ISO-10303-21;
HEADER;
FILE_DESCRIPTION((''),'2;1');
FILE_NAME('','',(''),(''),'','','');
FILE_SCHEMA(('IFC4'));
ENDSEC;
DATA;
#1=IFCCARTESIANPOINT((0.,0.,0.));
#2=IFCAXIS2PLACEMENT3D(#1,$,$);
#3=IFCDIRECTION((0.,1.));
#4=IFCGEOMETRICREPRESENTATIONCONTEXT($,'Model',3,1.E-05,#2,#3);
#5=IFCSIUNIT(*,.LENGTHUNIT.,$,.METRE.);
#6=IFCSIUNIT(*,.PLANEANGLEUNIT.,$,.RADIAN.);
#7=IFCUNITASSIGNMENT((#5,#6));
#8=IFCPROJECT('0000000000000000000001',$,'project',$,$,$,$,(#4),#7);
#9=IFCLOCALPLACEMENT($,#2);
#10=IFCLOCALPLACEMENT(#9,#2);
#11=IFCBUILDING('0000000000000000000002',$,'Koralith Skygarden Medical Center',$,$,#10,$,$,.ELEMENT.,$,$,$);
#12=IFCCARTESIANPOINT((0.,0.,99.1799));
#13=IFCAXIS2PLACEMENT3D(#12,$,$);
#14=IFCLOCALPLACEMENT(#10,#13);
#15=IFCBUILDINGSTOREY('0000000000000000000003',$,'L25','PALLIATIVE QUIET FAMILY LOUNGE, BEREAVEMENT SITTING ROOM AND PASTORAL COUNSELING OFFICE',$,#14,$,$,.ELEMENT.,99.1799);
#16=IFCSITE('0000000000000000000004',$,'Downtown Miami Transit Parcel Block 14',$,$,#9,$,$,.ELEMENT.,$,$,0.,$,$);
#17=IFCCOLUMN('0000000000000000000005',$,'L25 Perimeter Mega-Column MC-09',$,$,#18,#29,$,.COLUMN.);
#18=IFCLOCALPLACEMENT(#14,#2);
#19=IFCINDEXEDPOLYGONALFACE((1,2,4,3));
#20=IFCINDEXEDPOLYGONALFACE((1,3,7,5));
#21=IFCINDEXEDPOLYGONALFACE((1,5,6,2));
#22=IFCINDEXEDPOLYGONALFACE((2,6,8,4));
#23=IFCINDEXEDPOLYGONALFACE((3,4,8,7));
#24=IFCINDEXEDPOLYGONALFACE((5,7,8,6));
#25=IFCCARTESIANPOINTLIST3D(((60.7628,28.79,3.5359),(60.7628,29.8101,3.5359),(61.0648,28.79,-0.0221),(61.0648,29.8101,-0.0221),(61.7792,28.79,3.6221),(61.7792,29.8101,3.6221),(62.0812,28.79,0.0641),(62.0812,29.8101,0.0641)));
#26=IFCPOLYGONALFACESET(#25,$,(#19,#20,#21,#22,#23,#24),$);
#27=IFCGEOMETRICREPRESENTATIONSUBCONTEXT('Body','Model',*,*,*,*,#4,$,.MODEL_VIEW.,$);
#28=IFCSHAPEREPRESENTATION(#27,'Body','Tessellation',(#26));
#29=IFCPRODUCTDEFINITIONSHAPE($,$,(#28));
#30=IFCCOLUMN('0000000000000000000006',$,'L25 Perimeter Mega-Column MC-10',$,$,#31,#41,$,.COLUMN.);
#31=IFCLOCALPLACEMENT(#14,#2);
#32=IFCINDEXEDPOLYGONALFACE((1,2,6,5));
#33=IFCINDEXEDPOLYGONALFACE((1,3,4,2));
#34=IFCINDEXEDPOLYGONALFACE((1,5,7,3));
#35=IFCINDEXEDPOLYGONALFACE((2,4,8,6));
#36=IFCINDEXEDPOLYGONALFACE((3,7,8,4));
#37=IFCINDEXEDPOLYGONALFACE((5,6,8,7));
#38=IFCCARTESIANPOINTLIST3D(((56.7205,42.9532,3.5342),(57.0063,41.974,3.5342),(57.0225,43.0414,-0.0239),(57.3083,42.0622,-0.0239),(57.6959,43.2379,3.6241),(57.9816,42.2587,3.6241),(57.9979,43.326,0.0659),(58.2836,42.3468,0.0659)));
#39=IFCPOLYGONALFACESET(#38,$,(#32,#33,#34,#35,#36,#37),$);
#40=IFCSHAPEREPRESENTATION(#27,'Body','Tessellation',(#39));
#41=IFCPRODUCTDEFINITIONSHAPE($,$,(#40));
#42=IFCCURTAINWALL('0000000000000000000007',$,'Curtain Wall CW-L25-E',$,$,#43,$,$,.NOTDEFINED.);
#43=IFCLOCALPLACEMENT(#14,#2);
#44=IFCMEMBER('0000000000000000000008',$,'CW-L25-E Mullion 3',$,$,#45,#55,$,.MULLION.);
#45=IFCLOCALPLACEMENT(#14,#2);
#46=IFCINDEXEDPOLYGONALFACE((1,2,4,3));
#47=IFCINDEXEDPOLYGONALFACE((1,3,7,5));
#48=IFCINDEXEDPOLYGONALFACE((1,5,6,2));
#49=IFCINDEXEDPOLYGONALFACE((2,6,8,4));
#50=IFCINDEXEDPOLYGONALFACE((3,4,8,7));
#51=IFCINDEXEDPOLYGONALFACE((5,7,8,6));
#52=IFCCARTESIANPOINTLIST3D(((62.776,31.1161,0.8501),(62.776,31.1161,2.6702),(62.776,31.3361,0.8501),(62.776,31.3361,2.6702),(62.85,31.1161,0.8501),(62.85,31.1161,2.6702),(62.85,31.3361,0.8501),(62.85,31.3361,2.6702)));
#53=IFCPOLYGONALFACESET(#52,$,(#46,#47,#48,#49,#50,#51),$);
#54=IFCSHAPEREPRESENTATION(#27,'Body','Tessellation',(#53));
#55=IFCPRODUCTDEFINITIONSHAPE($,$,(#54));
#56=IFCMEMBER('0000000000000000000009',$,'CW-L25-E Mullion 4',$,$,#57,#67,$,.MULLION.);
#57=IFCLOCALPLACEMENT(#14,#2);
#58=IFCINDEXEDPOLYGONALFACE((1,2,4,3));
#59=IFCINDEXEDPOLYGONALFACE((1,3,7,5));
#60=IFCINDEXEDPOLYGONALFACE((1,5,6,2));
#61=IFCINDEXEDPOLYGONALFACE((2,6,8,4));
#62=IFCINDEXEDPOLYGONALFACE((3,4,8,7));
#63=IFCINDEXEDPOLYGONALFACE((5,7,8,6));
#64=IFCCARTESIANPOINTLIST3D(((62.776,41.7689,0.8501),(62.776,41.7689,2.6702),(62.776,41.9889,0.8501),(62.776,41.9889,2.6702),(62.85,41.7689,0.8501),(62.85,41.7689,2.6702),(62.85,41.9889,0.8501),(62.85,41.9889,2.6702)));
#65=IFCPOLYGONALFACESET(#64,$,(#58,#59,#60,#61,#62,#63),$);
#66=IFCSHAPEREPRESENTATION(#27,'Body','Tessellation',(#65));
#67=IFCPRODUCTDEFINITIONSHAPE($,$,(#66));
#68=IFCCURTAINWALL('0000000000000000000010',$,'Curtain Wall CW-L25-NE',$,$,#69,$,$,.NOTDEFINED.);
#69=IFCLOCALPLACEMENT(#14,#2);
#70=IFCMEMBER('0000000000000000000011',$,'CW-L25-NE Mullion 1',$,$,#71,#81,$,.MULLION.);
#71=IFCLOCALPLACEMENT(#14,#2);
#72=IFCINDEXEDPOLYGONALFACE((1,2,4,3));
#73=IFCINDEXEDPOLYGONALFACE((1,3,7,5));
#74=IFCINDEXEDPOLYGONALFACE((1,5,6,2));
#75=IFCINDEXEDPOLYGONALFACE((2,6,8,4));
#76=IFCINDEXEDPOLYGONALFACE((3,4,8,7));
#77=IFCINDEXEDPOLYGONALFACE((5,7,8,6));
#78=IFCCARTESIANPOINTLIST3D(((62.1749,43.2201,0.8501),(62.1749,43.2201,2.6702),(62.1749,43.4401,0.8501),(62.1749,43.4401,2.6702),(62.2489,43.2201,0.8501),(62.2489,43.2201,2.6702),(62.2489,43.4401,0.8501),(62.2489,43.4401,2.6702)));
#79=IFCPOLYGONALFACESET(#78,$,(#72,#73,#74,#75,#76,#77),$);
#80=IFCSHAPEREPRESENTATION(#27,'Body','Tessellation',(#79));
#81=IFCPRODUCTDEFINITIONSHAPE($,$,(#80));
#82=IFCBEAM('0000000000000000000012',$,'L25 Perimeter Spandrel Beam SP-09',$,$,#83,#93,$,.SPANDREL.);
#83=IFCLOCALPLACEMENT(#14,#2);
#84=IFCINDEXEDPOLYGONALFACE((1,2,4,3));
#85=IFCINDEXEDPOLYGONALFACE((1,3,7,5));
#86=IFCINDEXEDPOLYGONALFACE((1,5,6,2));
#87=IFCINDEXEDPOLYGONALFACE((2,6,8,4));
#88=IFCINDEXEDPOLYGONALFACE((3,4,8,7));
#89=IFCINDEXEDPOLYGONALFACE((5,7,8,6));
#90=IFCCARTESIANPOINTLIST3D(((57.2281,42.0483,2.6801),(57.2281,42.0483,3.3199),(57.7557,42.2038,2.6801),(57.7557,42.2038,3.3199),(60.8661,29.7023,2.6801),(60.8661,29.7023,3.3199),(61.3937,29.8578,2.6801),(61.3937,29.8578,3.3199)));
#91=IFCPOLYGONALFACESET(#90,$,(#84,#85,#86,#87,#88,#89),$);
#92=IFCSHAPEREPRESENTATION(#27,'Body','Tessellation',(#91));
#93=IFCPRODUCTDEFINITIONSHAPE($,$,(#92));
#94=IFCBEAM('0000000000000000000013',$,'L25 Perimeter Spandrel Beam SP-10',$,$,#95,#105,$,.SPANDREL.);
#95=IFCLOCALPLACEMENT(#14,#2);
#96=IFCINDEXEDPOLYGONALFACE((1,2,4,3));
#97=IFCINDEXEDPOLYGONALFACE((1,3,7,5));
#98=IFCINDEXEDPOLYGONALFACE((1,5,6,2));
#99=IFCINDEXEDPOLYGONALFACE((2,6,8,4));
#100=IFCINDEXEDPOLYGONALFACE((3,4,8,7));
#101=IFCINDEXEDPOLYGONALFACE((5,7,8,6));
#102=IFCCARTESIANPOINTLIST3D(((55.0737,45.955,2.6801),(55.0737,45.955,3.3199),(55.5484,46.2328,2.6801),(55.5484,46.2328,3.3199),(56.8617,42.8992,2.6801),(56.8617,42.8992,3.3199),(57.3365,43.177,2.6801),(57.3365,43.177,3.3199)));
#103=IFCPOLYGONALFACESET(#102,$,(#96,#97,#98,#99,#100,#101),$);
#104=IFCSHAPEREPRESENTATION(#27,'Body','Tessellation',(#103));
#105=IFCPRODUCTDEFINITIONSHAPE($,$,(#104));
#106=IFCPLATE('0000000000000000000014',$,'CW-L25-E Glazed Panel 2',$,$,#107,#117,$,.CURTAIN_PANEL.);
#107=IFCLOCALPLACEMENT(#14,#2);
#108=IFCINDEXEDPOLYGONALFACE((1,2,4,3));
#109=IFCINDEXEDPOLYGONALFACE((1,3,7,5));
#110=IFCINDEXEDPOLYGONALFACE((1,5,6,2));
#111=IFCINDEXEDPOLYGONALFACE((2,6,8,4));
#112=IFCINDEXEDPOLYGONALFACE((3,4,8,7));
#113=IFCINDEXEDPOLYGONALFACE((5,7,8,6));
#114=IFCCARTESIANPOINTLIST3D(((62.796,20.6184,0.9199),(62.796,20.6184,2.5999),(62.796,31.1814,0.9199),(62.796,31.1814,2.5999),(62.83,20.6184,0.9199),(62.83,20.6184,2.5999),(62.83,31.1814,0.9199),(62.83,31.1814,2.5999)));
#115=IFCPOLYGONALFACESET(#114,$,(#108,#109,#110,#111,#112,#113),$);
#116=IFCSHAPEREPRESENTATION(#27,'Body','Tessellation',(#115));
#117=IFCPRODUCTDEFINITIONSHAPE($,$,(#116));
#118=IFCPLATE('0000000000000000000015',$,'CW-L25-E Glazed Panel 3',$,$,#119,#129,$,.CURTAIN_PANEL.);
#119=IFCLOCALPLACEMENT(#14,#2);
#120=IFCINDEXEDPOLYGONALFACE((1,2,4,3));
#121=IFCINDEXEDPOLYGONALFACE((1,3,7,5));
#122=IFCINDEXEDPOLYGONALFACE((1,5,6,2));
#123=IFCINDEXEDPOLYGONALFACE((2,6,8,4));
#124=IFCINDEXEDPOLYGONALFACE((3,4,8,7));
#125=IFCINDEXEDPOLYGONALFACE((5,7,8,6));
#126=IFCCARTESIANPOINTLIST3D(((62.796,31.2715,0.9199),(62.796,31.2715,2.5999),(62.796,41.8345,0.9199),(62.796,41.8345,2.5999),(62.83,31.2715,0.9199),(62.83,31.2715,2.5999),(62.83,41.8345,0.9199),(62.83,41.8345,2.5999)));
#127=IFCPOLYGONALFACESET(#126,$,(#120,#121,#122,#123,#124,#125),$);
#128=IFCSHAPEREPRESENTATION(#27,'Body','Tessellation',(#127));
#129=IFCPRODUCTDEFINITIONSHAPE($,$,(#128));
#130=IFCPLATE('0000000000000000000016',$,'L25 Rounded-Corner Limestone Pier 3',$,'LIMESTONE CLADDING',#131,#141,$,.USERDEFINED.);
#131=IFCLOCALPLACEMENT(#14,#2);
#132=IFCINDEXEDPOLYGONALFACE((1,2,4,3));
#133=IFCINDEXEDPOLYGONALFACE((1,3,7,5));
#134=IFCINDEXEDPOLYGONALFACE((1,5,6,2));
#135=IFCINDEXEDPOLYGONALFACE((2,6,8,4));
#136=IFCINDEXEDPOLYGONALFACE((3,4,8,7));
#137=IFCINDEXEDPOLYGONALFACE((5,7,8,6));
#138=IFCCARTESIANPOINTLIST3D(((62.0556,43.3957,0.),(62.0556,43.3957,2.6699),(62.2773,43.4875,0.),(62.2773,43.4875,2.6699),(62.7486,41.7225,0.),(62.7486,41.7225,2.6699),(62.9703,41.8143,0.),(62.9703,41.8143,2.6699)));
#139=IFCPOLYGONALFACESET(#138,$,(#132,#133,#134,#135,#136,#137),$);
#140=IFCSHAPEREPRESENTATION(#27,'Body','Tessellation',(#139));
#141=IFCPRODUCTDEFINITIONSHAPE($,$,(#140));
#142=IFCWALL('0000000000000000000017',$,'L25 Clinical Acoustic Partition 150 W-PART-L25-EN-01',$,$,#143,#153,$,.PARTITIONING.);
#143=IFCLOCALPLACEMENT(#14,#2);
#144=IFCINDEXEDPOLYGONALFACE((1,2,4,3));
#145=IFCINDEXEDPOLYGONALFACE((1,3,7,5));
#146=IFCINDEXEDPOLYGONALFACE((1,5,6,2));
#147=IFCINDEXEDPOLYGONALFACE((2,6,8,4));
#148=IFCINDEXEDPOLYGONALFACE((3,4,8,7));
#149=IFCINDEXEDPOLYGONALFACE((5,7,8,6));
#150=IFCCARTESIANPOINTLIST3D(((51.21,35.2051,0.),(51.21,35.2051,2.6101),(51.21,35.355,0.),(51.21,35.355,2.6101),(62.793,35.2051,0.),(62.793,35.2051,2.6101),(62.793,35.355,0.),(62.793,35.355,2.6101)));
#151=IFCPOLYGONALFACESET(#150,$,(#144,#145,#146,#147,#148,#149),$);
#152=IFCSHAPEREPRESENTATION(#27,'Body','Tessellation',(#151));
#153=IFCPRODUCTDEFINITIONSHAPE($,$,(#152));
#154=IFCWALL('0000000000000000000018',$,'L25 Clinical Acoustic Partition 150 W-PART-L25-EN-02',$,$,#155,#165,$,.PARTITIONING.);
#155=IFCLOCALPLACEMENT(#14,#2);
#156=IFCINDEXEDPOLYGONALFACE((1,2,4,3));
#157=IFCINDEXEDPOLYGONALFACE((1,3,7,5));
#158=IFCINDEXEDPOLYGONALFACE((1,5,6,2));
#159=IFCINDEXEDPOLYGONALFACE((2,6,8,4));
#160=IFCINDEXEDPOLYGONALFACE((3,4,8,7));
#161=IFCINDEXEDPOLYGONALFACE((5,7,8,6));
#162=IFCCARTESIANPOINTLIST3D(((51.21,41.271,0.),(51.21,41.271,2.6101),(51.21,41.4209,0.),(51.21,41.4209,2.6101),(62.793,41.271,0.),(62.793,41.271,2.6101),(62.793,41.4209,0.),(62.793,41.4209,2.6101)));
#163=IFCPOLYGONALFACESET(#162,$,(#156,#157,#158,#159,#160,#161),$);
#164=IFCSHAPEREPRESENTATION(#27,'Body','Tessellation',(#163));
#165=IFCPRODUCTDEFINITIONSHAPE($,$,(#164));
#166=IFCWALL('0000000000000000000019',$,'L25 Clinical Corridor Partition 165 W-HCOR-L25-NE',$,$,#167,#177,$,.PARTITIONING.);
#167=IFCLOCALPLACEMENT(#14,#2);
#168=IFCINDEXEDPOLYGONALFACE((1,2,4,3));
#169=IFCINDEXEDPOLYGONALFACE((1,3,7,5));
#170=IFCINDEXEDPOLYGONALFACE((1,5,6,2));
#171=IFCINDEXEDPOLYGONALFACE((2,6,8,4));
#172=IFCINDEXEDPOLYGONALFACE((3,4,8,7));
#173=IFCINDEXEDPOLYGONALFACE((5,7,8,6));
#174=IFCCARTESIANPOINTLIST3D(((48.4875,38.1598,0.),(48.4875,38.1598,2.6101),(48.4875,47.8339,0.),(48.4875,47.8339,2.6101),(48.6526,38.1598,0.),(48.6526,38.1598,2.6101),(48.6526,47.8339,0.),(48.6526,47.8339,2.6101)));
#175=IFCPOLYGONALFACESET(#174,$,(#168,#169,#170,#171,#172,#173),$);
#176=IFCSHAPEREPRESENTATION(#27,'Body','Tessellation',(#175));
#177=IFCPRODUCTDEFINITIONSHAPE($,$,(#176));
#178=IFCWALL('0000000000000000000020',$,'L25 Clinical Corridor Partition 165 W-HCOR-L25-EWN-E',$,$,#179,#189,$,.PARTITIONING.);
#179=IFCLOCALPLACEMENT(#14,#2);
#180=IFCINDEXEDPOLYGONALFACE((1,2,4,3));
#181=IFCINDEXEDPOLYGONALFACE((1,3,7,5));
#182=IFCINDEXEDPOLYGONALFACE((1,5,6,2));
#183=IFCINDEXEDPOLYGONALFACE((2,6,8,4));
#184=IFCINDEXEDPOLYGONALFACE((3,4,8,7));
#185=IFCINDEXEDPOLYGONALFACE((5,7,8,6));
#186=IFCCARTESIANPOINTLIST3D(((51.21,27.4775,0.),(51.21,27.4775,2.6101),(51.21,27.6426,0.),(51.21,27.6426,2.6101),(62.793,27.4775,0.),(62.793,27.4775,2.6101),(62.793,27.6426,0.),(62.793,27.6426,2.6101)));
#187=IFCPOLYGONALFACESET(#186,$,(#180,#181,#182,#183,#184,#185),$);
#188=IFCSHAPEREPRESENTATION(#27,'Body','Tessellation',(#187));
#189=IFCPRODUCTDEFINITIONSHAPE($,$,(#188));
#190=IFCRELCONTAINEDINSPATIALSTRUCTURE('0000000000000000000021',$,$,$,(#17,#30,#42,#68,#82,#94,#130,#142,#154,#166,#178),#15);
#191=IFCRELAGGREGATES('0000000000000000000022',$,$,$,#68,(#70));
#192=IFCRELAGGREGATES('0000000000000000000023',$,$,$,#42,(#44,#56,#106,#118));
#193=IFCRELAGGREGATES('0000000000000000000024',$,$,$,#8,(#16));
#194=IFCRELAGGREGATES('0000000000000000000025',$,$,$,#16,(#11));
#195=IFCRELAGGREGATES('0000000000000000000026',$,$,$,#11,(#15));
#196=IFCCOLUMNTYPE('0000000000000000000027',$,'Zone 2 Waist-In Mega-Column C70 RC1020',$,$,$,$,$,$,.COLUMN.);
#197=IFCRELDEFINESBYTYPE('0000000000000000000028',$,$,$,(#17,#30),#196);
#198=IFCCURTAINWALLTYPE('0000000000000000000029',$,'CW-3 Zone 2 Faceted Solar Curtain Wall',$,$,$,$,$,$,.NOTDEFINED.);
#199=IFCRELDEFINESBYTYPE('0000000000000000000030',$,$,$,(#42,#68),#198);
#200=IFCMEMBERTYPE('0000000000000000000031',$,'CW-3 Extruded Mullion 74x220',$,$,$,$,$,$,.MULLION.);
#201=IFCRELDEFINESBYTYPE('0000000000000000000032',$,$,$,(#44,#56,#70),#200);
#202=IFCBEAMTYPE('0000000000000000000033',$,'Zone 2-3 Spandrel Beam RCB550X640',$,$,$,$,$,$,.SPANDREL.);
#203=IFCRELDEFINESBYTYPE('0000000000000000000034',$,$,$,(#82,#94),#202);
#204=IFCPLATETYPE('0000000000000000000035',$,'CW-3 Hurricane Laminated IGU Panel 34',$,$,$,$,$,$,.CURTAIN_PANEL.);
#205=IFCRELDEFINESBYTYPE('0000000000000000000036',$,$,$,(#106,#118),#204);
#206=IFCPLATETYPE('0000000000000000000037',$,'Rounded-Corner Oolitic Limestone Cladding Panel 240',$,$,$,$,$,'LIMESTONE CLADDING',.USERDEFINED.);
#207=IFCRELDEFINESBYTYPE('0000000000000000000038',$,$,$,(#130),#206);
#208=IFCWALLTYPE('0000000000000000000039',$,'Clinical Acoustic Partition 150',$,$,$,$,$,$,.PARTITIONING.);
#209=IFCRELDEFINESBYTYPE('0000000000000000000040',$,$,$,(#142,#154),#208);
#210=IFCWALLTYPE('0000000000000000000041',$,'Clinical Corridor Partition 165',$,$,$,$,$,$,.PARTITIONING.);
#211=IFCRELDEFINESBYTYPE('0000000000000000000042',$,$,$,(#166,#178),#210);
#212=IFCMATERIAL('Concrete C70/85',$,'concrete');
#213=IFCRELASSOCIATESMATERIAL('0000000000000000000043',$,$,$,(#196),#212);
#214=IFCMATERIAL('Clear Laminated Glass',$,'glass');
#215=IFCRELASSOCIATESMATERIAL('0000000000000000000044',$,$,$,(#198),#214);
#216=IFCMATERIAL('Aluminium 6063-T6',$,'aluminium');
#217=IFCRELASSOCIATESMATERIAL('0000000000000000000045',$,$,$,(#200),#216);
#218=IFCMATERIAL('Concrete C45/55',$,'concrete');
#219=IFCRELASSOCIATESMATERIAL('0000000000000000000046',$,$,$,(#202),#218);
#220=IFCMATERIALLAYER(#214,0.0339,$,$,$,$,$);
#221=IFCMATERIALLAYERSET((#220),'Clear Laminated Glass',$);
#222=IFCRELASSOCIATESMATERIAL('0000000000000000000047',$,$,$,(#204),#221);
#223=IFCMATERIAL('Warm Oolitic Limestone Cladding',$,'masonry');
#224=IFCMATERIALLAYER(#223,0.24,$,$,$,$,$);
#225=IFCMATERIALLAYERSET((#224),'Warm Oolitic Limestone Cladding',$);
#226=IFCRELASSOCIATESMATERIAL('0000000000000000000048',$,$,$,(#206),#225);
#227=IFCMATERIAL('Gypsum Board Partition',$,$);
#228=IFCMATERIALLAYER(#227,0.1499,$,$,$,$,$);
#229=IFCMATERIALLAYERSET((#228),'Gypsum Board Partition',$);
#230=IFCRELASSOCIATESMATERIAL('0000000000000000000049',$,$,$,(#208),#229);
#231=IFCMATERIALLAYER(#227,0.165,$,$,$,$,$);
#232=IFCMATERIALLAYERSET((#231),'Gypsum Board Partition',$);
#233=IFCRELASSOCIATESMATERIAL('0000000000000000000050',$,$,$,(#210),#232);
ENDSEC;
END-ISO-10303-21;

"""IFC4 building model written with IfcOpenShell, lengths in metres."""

from ifc_helpers import new_model, si_unit, direction, frame, frame_2d, origin, origin_2d, place, context, subcontext, project, spatial, rectangle, extrude, material, layer, layer_set, material_profile, profile_set, type_object, element, aggregate, save


model = new_model("IFC4")

# Units and contexts
model_context = context("Model", 3, precision=1e-05, world=origin(), true_north=direction((0.0, 1.0)))
body_context = subcontext(model_context, "Body", "Model", "MODEL_VIEW")
ifc_project = project(units=[si_unit("LENGTHUNIT", "METRE"), si_unit("PLANEANGLEUNIT", "RADIAN")], contexts=[model_context])

# Site, building, storey
site_placement = place(None, origin())
site = spatial("IfcSite", under=ifc_project, at=site_placement, Name="Downtown Miami Transit Parcel Block 14", CompositionType="ELEMENT", RefElevation=0.0)
building_placement = place(site_placement, origin())
building = spatial("IfcBuilding", under=site, at=building_placement, Name="Koralith Skygarden Medical Center", CompositionType="ELEMENT")
storey_placement = place(building_placement, frame((0.0, 0.0, 99.1799)))
storey = spatial("IfcBuildingStorey", under=building, at=storey_placement, Name="L25", Description="PALLIATIVE QUIET FAMILY LOUNGE, BEREAVEMENT SITTING ROOM AND PASTORAL COUNSELING OFFICE", CompositionType="ELEMENT", Elevation=99.1799)

# Columns
ifc_material_1 = material(Name="Concrete C70/85", Category="concrete")
ifc_material_profile_1 = material_profile(ifc_material_1, rectangle(XDim=1.02, YDim=1.02, at=origin_2d()), Name="RC1020X1020")
ifc_profile_set_1 = profile_set([ifc_material_profile_1], Name="Concrete C70/85")
column_type = type_object("IfcColumnType", Name="Zone 2 Waist-In Mega-Column C70 RC1020", PredefinedType="COLUMN", material=ifc_profile_set_1)
column_1_placement = place(storey_placement, frame((61.573, 29.3, 0.021), z_axis=(-0.084573, 0.0, 0.996417), x_axis=(0.0, -1.0, 0.0)))
element("IfcColumn", 1, at=column_1_placement, inside=storey, type_object=column_type, Name="L25 Perimeter Mega-Column MC-09", PredefinedType="COLUMN", context=body_context, shape_type="SweptSolid", body=[
    extrude(rectangle(XDim=1.02, YDim=1.02, at=origin_2d()), origin(), (0.0, 0.0, 1.0), 3.5708),
])
column_2_placement = place(storey_placement, frame((57.6531, 42.6941, 0.021), z_axis=(-0.084547, -0.024674, 0.996114), x_axis=(0.280149, -0.959957, 0.0)))
element("IfcColumn", 2, at=column_2_placement, inside=storey, type_object=column_type, Name="L25 Perimeter Mega-Column MC-10", PredefinedType="COLUMN", context=body_context, shape_type="SweptSolid", body=[
    extrude(rectangle(XDim=1.02, YDim=1.02, at=origin_2d()), origin(), (0.0, 0.0, 1.0), 3.572),
])

# Curtain wall, members
ifc_material_2 = material(Name="Clear Laminated Glass", Category="glass")
curtain_wall_type = type_object("IfcCurtainWallType", Name="CW-3 Zone 2 Faceted Solar Curtain Wall", PredefinedType="NOTDEFINED", material=ifc_material_2)
curtain_wall_1_placement = place(storey_placement, origin())
curtain_wall_1 = element("IfcCurtainWall", 3, at=curtain_wall_1_placement, inside=storey, type_object=curtain_wall_type, Name="Curtain Wall CW-L25-E", PredefinedType="NOTDEFINED")
ifc_material_3 = material(Name="Aluminium 6063-T6", Category="aluminium")
ifc_material_profile_2 = material_profile(ifc_material_3, rectangle(XDim=0.074, YDim=0.22, at=origin_2d()), Name="MUL74X220")
ifc_profile_set_2 = profile_set([ifc_material_profile_2], Name="Aluminium 6063-T6")
member_type = type_object("IfcMemberType", Name="CW-3 Extruded Mullion 74x220", PredefinedType="MULLION", material=ifc_profile_set_2)
member_1_placement = place(storey_placement, frame((62.813, 31.2261, 0.8501), z_axis=(0.0, 0.0, 1.0), x_axis=(1.0, 0.0, 0.0)))
member_1 = element("IfcMember", 4, at=member_1_placement, type_object=member_type, Name="CW-L25-E Mullion 3", PredefinedType="MULLION", context=body_context, shape_type="SweptSolid", body=[
    extrude(rectangle(XDim=0.074, YDim=0.22, at=origin_2d()), origin(), (0.0, 0.0, 1.0), 1.8201),
])
member_2_placement = place(storey_placement, frame((62.813, 41.8789, 0.8501), z_axis=(0.0, 0.0, 1.0), x_axis=(1.0, 0.0, 0.0)))
member_2 = element("IfcMember", 5, at=member_2_placement, type_object=member_type, Name="CW-L25-E Mullion 4", PredefinedType="MULLION", context=body_context, shape_type="SweptSolid", body=[
    extrude(rectangle(XDim=0.074, YDim=0.22, at=origin_2d()), origin(), (0.0, 0.0, 1.0), 1.8201),
])

# Curtain wall, member
curtain_wall_2_placement = place(storey_placement, origin())
curtain_wall_2 = element("IfcCurtainWall", 6, at=curtain_wall_2_placement, inside=storey, type_object=curtain_wall_type, Name="Curtain Wall CW-L25-NE", PredefinedType="NOTDEFINED")
member_3_placement = place(storey_placement, frame((62.2119, 43.3301, 0.8501), z_axis=(0.0, 0.0, 1.0), x_axis=(1.0, 0.0, 0.0)))
member_3 = element("IfcMember", 7, at=member_3_placement, type_object=member_type, Name="CW-L25-NE Mullion 1", PredefinedType="MULLION", context=body_context, shape_type="SweptSolid", body=[
    extrude(rectangle(XDim=0.074, YDim=0.22, at=origin_2d()), origin(), (0.0, 0.0, 1.0), 1.8201),
])
aggregate(curtain_wall_2, [member_3])

# Beams
ifc_material_4 = material(Name="Concrete C45/55", Category="concrete")
ifc_material_profile_3 = material_profile(ifc_material_4, rectangle(XDim=0.55, YDim=0.6399, at=origin_2d()), Name="RCB550X640")
ifc_profile_set_3 = profile_set([ifc_material_profile_3], Name="Concrete C45/55")
beam_type = type_object("IfcBeamType", Name="Zone 2-3 Spandrel Beam RCB550X640", PredefinedType="SPANDREL", material=ifc_profile_set_3)
beam_1_placement = place(storey_placement, frame((61.1299, 29.78, 3.0), z_axis=(-0.282651, 0.959223, 0.0), x_axis=(-0.959223, -0.282651, 0.0)))
element("IfcBeam", 8, at=beam_1_placement, inside=storey, type_object=beam_type, Name="L25 Perimeter Spandrel Beam SP-09", PredefinedType="SPANDREL", context=body_context, shape_type="SweptSolid", body=[
    extrude(rectangle(XDim=0.55, YDim=0.6399, at=origin_2d()), origin(), (0.0, 0.0, 1.0), 12.8708),
])
beam_2_placement = place(storey_placement, frame((57.0991, 43.0381, 3.0), z_axis=(-0.505024, 0.863105, 0.0), x_axis=(-0.863105, -0.505024, 0.0)))
element("IfcBeam", 9, at=beam_2_placement, inside=storey, type_object=beam_type, Name="L25 Perimeter Spandrel Beam SP-10", PredefinedType="SPANDREL", context=body_context, shape_type="SweptSolid", body=[
    extrude(rectangle(XDim=0.55, YDim=0.6399, at=origin_2d()), origin(), (0.0, 0.0, 1.0), 3.5405),
])

# Plates
ifc_layer_1 = layer(ifc_material_2, 0.0339)
ifc_layer_set_1 = layer_set([ifc_layer_1], Name="Clear Laminated Glass")
plate_type_1 = type_object("IfcPlateType", Name="CW-3 Hurricane Laminated IGU Panel 34", PredefinedType="CURTAIN_PANEL", material=ifc_layer_set_1)
plate_1_placement = place(storey_placement, frame((62.813, 25.8999, 0.9199), z_axis=(0.0, 0.0, 1.0), x_axis=(0.0, 1.0, 0.0)))
plate_1 = element("IfcPlate", 10, at=plate_1_placement, type_object=plate_type_1, Name="CW-L25-E Glazed Panel 2", PredefinedType="CURTAIN_PANEL", context=body_context, shape_type="SweptSolid", body=[
    extrude(rectangle(XDim=10.563, YDim=0.0339, at=origin_2d()), origin(), (0.0, 0.0, 1.0), 1.6799),
])
plate_2_placement = place(storey_placement, frame((62.813, 36.553, 0.9199), z_axis=(0.0, 0.0, 1.0), x_axis=(0.0, 1.0, 0.0)))
plate_2 = element("IfcPlate", 11, at=plate_2_placement, type_object=plate_type_1, Name="CW-L25-E Glazed Panel 3", PredefinedType="CURTAIN_PANEL", context=body_context, shape_type="SweptSolid", body=[
    extrude(rectangle(XDim=10.563, YDim=0.0339, at=origin_2d()), origin(), (0.0, 0.0, 1.0), 1.6799),
])
aggregate(curtain_wall_1, [member_1, member_2, plate_1, plate_2])
ifc_material_5 = material(Name="Warm Oolitic Limestone Cladding", Category="masonry")
ifc_layer_2 = layer(ifc_material_5, 0.24)
ifc_layer_set_2 = layer_set([ifc_layer_2], Name="Warm Oolitic Limestone Cladding")
plate_type_2 = type_object("IfcPlateType", Name="Rounded-Corner Oolitic Limestone Cladding Panel 240", ElementType="LIMESTONE CLADDING", PredefinedType="USERDEFINED", material=ifc_layer_set_2)
plate_3_placement = place(storey_placement, frame((62.5129, 42.605, 0.0), z_axis=(0.0, 0.0, 1.0), x_axis=(-0.382671, 0.923885, 0.0)))
element("IfcPlate", 12, at=plate_3_placement, inside=storey, type_object=plate_type_2, Name="L25 Rounded-Corner Limestone Pier 3", ObjectType="LIMESTONE CLADDING", PredefinedType="USERDEFINED", context=body_context, shape_type="SweptSolid", body=[
    extrude(rectangle(XDim=1.811, YDim=0.24, at=origin_2d()), origin(), (0.0, 0.0, 1.0), 2.6699),
])

# Walls
ifc_material_6 = material(Name="Gypsum Board Partition")
ifc_layer_3 = layer(ifc_material_6, 0.1499)
ifc_layer_set_3 = layer_set([ifc_layer_3], Name="Gypsum Board Partition")
wall_type_1 = type_object("IfcWallType", Name="Clinical Acoustic Partition 150", PredefinedType="PARTITIONING", material=ifc_layer_set_3)
for number, where, z_axis, x_axis, name in (
    (13, (51.21, 35.28, 0.0), (0.0, 0.0, 1.0), (1.0, 0.0, 0.0), "L25 Clinical Acoustic Partition 150 W-PART-L25-EN-01"),
    (14, (51.21, 41.3459, 0.0), (0.0, 0.0, 1.0), (1.0, 0.0, 0.0), "L25 Clinical Acoustic Partition 150 W-PART-L25-EN-02"),
):
    element("IfcWall", number, at=place(storey_placement, frame(where, z_axis=z_axis, x_axis=x_axis)), inside=storey, type_object=wall_type_1, Name=name, PredefinedType="PARTITIONING", context=body_context, shape_type="SweptSolid", body=[
        extrude(rectangle(XDim=11.583, YDim=0.1499, at=frame_2d((5.7915, 0.0))), origin(), (0.0, 0.0, 1.0), 2.6101),
    ])
ifc_layer_4 = layer(ifc_material_6, 0.165)
ifc_layer_set_4 = layer_set([ifc_layer_4], Name="Gypsum Board Partition")
wall_type_2 = type_object("IfcWallType", Name="Clinical Corridor Partition 165", PredefinedType="PARTITIONING", material=ifc_layer_set_4)
wall_1_placement = place(storey_placement, frame((48.5701, 38.1599, 0.0), z_axis=(0.0, 0.0, 1.0), x_axis=(0.0, 1.0, 0.0)))
element("IfcWall", 15, at=wall_1_placement, inside=storey, type_object=wall_type_2, Name="L25 Clinical Corridor Partition 165 W-HCOR-L25-NE", PredefinedType="PARTITIONING", context=body_context, shape_type="SweptSolid", body=[
    extrude(rectangle(XDim=9.6741, YDim=0.165, at=frame_2d((4.8369, 0.0))), origin(), (0.0, 0.0, 1.0), 2.6101),
])
wall_2_placement = place(storey_placement, frame((51.21, 27.5601, 0.0), z_axis=(0.0, 0.0, 1.0), x_axis=(1.0, 0.0, 0.0)))
element("IfcWall", 16, at=wall_2_placement, inside=storey, type_object=wall_type_2, Name="L25 Clinical Corridor Partition 165 W-HCOR-L25-EWN-E", PredefinedType="PARTITIONING", context=body_context, shape_type="SweptSolid", body=[
    extrude(rectangle(XDim=11.583, YDim=0.165, at=frame_2d((5.7915, 0.0))), origin(), (0.0, 0.0, 1.0), 2.6101),
])

save(model, "model.ifc")
